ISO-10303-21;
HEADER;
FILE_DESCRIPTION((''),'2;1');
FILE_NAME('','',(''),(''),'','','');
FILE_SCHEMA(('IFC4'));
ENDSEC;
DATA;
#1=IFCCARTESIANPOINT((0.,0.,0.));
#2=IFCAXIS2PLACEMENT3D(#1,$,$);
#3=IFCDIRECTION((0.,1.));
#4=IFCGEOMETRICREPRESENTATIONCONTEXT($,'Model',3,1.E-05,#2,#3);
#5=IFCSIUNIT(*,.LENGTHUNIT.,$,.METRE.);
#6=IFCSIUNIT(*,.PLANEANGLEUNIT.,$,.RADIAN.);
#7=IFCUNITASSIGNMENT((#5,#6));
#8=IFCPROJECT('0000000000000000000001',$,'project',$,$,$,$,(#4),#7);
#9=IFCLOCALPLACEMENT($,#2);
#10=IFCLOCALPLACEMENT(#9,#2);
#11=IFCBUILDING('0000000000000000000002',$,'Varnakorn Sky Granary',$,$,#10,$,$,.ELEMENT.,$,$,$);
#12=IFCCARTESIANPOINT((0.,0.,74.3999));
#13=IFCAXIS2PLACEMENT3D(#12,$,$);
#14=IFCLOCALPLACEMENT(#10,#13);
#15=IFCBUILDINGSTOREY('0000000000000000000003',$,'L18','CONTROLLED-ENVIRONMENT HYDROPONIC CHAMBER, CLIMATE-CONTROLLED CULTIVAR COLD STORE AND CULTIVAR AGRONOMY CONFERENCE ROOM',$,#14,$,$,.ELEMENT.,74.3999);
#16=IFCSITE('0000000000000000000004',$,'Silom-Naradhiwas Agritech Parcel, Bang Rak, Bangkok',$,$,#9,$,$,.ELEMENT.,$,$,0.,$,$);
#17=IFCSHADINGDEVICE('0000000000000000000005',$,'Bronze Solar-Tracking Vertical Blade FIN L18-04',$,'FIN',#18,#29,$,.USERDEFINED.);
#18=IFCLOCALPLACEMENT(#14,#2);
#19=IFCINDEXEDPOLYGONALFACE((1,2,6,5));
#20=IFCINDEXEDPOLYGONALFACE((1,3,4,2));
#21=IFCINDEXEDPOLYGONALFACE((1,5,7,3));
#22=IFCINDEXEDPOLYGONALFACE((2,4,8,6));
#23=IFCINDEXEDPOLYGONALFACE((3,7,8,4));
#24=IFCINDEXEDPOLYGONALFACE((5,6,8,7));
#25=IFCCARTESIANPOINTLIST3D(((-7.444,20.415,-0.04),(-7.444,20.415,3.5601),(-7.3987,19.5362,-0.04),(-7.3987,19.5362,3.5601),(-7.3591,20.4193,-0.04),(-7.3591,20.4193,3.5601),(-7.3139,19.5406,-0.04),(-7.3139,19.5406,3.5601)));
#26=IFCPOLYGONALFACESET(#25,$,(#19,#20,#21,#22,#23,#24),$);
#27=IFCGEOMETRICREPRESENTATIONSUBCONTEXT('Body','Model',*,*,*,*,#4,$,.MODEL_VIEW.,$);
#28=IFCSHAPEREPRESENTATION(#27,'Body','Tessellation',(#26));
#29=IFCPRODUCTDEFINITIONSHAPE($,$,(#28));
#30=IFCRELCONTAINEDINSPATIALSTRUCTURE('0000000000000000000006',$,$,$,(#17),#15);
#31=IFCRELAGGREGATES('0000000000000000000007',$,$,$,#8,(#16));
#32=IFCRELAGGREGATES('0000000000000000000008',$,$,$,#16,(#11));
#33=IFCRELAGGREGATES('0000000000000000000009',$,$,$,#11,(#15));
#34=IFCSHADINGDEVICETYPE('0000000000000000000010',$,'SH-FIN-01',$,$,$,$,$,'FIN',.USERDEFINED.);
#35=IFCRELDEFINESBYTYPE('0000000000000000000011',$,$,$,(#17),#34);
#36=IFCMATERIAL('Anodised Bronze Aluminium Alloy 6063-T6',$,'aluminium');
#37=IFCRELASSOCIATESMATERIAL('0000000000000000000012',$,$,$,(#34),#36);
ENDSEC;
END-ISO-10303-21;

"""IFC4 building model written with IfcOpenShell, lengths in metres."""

from ifc_helpers import new_model, si_unit, direction, frame, origin, origin_2d, place, context, subcontext, project, spatial, rectangle, extrude, source, transform, mapped, material, type_object, type_shapes, element, save


model = new_model("IFC4")

# Units and contexts
model_context = context("Model", 3, precision=1e-05, world=origin(), true_north=direction((0.0, 1.0)))
body_context = subcontext(model_context, "Body", "Model", "MODEL_VIEW")
ifc_project = project(units=[si_unit("LENGTHUNIT", "METRE"), si_unit("PLANEANGLEUNIT", "RADIAN")], contexts=[model_context])

# Site, building, storey
site_placement = place(None, origin())
site = spatial("IfcSite", under=ifc_project, at=site_placement, Name="Silom-Naradhiwas Agritech Parcel, Bang Rak, Bangkok", CompositionType="ELEMENT", RefElevation=0.0)
building_placement = place(site_placement, origin())
building = spatial("IfcBuilding", under=site, at=building_placement, Name="Varnakorn Sky Granary", CompositionType="ELEMENT")
storey_placement = place(building_placement, frame((0.0, 0.0, 74.3999)))
storey = spatial("IfcBuildingStorey", under=building, at=storey_placement, Name="L18", Description="CONTROLLED-ENVIRONMENT HYDROPONIC CHAMBER, CLIMATE-CONTROLLED CULTIVAR COLD STORE AND CULTIVAR AGRONOMY CONFERENCE ROOM", CompositionType="ELEMENT", Elevation=74.3999)

# Shared definitions
ifc_material_1 = material(Name="Anodised Bronze Aluminium Alloy 6063-T6", Category="aluminium")

# Shading device
shading_device_type = type_object("IfcShadingDeviceType", Name="SH-FIN-01", ElementType="FIN", PredefinedType="USERDEFINED", material=ifc_material_1)
shared_shape_1 = source(origin(), body_context, "Body", "SweptSolid", [
    extrude(rectangle(XDim=0.085, YDim=0.8799, at=origin_2d()), origin(), (0.0, 0.0, 1.0), 3.6001),
])
type_shapes(shading_device_type, [shared_shape_1])
shading_device_placement = place(storey_placement, frame((-7.3789, 19.9778, -0.04), z_axis=(0.0, 0.0, 1.0), x_axis=(-0.998677, -0.051428, 0.0)))
element("IfcShadingDevice", 1, at=shading_device_placement, inside=storey, type_object=shading_device_type, Name="Bronze Solar-Tracking Vertical Blade FIN L18-04", ObjectType="FIN", PredefinedType="USERDEFINED", context=body_context, shape_type="MappedRepresentation", body=[
    mapped(shared_shape_1, transform((0.0, 0.0, 0.0), x_axis=(1.0, 0.0, 0.0), y_axis=(0.0, 1.0, 0.0), z_axis=(0.0, 0.0, 1.0), scale=1.0)),
])

save(model, "model.ifc")
